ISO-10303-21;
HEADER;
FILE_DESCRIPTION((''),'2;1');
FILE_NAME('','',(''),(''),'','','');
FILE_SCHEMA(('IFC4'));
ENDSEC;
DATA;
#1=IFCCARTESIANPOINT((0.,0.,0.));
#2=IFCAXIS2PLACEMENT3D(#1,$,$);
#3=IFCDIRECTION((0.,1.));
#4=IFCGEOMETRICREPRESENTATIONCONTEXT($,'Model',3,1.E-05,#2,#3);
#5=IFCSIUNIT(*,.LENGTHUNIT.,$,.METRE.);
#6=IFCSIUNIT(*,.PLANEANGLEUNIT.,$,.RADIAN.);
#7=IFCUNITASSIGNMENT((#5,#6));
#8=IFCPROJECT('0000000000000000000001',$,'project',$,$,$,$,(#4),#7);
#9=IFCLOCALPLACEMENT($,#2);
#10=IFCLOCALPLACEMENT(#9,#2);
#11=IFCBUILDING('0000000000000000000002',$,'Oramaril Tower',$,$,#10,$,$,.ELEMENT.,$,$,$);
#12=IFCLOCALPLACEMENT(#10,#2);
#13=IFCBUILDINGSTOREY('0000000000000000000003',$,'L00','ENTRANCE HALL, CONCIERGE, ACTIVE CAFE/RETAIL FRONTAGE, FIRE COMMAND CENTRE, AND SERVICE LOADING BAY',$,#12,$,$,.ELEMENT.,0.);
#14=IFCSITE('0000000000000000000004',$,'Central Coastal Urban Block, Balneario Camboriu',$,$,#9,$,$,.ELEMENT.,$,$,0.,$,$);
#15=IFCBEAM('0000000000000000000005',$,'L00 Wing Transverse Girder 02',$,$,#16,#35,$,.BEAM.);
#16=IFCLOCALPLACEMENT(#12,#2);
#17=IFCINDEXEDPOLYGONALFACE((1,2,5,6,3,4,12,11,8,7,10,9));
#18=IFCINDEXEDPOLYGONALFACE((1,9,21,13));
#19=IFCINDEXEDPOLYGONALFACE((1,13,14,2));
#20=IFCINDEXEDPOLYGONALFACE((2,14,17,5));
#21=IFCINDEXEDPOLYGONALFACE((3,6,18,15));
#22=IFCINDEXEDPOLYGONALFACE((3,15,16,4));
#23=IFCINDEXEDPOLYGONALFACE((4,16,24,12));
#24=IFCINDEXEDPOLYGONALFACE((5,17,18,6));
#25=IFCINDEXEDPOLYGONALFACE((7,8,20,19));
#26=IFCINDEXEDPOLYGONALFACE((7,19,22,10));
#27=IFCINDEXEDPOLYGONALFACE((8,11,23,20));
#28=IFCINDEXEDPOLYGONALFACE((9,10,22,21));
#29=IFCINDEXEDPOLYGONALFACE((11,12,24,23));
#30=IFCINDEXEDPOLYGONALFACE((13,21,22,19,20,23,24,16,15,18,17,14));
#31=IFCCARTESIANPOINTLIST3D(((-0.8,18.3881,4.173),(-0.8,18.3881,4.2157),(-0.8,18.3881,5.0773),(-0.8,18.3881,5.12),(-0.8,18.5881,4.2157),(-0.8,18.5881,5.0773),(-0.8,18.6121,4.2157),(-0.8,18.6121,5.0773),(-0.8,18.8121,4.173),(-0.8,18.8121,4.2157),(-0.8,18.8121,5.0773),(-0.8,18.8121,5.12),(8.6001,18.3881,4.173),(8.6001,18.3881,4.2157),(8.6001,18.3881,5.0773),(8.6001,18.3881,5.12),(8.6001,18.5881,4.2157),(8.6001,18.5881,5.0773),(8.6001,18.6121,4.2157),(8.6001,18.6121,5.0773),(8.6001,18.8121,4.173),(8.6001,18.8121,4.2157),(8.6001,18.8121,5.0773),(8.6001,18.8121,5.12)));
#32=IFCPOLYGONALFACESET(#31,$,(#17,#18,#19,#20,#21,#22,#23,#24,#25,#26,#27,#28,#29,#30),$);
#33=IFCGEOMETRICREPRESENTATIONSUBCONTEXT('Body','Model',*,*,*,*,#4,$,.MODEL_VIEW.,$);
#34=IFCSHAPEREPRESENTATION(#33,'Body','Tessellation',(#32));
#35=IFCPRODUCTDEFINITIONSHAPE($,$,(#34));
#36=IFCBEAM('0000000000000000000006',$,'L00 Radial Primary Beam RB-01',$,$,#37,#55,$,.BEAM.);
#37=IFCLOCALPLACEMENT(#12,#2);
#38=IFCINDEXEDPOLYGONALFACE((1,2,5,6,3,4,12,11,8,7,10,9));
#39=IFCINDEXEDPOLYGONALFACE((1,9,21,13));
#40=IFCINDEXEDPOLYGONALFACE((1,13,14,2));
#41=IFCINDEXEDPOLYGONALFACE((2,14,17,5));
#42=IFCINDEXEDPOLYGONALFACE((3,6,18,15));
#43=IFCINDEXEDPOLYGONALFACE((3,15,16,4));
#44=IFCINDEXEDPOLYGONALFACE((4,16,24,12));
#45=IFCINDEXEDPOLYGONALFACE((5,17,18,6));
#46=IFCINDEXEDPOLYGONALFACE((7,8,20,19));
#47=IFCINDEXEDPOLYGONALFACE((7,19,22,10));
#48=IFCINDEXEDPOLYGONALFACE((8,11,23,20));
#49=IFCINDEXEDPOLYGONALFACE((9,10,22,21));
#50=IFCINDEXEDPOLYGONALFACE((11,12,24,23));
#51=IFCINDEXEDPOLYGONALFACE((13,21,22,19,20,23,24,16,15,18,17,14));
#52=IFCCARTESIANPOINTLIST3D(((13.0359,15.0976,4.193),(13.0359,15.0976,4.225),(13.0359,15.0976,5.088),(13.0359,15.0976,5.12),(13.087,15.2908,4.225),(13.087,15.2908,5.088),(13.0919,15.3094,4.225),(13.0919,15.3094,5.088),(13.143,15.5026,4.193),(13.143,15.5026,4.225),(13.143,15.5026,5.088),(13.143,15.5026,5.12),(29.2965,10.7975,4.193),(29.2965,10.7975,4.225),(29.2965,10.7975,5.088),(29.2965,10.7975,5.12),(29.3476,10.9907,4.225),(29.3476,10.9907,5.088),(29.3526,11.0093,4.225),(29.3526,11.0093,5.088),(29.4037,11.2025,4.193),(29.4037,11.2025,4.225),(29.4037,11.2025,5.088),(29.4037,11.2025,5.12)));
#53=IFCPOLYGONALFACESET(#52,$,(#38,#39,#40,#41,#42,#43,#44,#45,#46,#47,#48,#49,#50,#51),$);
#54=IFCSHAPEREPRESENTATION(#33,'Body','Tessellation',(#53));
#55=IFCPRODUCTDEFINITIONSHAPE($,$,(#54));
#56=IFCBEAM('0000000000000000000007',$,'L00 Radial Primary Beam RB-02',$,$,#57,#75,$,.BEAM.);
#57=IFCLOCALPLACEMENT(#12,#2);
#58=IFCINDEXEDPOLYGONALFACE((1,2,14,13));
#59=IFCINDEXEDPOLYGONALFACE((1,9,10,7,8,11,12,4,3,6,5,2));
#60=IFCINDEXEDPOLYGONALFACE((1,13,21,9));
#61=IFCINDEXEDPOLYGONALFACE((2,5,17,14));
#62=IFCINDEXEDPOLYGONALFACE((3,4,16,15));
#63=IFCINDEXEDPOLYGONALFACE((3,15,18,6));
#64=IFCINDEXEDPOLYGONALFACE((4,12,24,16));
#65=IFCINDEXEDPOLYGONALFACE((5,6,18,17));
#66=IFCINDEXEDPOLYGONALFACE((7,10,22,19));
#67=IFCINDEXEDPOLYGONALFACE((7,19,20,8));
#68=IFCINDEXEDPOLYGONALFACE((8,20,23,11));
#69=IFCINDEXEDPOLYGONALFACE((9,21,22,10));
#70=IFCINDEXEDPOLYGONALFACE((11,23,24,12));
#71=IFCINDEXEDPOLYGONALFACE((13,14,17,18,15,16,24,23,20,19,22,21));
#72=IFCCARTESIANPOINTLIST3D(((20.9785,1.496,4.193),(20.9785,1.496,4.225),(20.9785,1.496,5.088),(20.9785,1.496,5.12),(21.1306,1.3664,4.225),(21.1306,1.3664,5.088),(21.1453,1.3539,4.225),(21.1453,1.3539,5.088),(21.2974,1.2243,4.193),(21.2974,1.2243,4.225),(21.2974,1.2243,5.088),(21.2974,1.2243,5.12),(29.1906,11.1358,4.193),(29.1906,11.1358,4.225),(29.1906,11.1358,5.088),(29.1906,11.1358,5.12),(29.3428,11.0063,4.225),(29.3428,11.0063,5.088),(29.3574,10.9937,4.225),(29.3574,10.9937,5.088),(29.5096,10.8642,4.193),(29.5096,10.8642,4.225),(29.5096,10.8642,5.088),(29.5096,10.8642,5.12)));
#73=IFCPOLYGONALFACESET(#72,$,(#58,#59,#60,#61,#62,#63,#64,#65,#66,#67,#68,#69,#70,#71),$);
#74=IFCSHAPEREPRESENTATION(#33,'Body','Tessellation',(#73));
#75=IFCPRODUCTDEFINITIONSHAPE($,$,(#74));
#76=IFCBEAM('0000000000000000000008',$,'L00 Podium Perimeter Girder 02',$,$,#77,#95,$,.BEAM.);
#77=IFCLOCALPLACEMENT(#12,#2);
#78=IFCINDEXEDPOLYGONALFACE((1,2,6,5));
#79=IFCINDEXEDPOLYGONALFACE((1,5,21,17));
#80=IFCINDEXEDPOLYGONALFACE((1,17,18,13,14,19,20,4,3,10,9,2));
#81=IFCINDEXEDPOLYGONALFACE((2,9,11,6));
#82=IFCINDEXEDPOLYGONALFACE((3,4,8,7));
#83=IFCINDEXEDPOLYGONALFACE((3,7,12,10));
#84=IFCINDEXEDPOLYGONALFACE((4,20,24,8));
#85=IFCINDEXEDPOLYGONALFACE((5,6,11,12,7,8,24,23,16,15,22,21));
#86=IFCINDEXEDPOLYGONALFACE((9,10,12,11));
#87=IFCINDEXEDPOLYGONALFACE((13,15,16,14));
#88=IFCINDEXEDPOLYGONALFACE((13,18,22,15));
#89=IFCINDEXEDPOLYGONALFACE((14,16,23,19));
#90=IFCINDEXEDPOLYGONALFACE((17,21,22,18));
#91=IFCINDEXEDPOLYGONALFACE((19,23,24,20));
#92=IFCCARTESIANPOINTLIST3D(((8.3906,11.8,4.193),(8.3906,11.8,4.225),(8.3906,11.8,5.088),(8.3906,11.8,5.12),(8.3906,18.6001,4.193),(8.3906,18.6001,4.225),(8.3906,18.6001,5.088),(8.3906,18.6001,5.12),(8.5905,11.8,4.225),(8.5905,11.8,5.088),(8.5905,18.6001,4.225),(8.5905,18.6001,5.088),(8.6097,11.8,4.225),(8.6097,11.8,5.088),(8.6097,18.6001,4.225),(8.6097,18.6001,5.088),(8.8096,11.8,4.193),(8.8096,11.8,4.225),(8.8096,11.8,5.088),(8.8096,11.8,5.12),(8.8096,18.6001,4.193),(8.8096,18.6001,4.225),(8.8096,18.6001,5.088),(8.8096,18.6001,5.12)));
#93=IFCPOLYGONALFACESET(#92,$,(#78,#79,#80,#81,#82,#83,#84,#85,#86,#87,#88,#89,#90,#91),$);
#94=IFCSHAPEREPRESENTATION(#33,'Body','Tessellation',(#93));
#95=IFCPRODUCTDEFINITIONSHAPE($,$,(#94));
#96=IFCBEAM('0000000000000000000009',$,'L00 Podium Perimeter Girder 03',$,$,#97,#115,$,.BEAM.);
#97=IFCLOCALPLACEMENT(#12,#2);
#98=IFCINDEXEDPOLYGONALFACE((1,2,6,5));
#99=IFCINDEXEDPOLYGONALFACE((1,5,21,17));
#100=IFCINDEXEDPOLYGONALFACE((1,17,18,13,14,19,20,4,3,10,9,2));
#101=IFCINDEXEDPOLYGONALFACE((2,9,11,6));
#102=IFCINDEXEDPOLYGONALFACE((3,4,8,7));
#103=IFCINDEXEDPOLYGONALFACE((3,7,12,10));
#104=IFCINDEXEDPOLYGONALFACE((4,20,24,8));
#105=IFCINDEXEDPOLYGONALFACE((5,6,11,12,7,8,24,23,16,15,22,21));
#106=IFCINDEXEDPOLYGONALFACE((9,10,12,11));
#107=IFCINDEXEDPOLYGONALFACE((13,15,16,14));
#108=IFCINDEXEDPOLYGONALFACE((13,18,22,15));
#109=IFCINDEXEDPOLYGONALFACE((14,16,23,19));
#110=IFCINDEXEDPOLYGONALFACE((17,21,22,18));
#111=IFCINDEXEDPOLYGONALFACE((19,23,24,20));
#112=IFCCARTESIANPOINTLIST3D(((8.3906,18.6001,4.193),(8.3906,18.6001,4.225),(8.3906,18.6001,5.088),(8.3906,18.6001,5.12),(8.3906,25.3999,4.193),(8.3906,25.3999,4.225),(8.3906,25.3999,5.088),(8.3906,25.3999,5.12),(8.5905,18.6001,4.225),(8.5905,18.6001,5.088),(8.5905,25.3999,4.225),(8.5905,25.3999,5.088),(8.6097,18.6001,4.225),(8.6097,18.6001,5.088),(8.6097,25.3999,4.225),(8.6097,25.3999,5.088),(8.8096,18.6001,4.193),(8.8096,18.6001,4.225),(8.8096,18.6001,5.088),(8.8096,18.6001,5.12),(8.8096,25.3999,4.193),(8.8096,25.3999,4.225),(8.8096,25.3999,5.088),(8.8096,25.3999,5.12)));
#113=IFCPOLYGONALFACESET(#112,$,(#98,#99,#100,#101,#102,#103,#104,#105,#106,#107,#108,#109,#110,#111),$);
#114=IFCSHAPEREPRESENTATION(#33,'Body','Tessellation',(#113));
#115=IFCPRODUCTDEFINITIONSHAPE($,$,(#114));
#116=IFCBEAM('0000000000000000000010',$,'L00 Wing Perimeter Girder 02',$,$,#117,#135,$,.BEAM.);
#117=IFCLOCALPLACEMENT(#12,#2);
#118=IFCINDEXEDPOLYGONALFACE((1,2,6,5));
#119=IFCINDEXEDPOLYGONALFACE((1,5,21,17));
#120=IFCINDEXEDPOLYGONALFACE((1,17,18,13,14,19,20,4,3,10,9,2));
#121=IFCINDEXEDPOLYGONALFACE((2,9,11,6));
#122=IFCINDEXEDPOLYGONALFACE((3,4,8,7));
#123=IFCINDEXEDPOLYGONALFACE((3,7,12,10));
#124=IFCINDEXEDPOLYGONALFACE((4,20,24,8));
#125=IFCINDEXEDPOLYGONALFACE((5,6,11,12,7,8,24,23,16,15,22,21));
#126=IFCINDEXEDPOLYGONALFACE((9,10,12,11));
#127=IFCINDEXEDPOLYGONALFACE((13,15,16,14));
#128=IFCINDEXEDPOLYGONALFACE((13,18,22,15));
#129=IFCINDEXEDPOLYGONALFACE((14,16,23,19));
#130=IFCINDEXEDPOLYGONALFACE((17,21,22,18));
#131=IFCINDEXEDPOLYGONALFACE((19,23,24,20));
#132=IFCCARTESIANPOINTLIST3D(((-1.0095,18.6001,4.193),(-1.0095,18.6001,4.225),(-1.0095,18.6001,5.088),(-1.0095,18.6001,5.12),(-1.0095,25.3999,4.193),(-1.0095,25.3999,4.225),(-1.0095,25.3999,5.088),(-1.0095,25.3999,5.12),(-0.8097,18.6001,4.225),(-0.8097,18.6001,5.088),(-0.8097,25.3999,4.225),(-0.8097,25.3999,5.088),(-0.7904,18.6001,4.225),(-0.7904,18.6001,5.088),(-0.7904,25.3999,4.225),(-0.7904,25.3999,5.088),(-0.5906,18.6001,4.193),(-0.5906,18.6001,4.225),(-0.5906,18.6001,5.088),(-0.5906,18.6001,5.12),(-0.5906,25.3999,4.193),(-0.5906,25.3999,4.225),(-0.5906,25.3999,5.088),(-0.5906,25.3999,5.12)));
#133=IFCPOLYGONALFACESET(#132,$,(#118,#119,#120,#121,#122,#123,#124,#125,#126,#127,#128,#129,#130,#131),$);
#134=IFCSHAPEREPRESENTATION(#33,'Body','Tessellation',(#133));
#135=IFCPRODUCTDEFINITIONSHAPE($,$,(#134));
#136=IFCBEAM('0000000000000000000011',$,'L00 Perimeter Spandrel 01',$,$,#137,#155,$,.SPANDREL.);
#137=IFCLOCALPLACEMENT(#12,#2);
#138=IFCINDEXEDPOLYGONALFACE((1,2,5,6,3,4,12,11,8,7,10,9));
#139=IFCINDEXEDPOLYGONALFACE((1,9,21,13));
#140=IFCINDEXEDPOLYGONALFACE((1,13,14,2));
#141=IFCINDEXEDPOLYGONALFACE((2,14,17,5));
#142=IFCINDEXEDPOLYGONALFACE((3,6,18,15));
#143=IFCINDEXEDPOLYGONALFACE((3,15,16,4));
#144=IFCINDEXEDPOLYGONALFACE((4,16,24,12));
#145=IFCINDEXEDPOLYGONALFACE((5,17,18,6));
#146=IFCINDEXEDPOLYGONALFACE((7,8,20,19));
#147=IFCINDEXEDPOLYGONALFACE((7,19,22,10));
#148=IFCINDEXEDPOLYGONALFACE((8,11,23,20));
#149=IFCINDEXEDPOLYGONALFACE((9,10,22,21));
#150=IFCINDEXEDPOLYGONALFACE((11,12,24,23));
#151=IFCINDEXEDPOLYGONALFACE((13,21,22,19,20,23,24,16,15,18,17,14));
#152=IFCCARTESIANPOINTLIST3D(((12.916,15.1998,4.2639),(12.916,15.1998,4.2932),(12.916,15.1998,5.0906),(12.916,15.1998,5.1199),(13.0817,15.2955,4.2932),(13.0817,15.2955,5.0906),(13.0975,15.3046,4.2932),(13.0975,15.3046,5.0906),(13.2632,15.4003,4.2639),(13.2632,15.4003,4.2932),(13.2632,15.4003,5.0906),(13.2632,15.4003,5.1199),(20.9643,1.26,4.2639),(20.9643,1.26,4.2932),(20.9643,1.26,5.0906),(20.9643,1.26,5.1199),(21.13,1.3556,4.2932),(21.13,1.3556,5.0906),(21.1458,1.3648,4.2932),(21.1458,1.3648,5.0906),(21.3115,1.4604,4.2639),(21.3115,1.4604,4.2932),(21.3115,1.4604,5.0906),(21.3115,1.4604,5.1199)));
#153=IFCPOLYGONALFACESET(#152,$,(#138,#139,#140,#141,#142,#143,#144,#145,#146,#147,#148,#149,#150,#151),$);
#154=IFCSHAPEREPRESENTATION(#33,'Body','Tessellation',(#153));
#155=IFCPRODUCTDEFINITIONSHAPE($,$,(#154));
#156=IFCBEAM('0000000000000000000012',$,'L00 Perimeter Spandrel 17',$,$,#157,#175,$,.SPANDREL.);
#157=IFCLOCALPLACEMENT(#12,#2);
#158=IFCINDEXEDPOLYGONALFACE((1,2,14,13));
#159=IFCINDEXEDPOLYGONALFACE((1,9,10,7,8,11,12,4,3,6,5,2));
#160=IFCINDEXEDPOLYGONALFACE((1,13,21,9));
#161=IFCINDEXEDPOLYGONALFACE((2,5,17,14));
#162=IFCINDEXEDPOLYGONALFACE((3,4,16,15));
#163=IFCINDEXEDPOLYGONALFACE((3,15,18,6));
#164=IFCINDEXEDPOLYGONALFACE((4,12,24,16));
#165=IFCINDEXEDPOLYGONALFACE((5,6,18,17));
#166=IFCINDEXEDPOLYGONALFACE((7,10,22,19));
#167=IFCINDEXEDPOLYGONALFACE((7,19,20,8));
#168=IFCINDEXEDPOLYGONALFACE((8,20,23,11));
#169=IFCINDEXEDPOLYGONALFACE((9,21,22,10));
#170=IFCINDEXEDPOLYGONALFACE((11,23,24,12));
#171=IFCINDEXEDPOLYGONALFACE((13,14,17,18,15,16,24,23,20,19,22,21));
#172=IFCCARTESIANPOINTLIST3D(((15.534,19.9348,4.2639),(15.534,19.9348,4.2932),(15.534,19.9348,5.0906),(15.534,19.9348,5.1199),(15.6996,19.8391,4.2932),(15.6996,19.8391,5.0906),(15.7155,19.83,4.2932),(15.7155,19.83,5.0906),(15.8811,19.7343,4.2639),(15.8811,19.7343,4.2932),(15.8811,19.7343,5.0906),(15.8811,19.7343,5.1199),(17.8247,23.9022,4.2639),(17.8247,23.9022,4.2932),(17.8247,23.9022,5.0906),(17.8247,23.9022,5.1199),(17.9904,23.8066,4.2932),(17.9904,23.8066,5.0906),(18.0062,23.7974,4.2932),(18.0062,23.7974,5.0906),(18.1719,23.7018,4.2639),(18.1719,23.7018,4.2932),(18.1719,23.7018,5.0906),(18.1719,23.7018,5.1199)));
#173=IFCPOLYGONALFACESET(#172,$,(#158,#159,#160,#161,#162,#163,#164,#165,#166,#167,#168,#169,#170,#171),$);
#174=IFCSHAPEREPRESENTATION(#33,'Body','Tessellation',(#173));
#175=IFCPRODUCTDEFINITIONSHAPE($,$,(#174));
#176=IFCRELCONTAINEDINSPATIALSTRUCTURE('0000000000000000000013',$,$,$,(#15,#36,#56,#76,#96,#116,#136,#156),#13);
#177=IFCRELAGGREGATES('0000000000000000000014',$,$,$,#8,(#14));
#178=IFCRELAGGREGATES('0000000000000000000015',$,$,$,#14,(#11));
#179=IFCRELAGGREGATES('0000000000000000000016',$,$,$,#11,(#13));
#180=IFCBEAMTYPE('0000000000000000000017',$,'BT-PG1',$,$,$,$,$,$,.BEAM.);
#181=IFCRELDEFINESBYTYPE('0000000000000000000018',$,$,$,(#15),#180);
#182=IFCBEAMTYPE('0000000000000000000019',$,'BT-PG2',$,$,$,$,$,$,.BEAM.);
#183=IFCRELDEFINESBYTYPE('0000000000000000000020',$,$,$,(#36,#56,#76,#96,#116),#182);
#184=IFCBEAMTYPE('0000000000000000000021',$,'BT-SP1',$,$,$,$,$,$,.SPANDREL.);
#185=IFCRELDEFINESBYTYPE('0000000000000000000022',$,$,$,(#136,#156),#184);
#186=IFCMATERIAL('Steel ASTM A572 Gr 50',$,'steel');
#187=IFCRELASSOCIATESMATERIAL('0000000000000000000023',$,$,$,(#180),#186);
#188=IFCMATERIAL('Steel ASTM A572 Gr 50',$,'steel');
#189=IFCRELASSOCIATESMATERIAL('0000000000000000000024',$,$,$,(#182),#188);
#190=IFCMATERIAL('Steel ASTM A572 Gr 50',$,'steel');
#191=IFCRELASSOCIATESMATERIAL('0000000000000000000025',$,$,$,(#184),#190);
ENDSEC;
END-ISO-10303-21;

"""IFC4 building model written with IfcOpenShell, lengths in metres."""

from ifc_helpers import new_model, si_unit, direction, frame, origin, origin_2d, place, context, subcontext, project, spatial, i_section, extrude, material, material_profile, profile_set, type_object, element, save


model = new_model("IFC4")

# Units and contexts
model_context = context("Model", 3, precision=1e-05, world=origin(), true_north=direction((0.0, 1.0)))
body_context = subcontext(model_context, "Body", "Model", "MODEL_VIEW")
ifc_project = project(units=[si_unit("LENGTHUNIT", "METRE"), si_unit("PLANEANGLEUNIT", "RADIAN")], contexts=[model_context])

# Site, building, storey
site_placement = place(None, origin())
site = spatial("IfcSite", under=ifc_project, at=site_placement, Name="Central Coastal Urban Block, Balneario Camboriu", CompositionType="ELEMENT", RefElevation=0.0)
building_placement = place(site_placement, origin())
building = spatial("IfcBuilding", under=site, at=building_placement, Name="Oramaril Tower", CompositionType="ELEMENT")
storey_placement = place(building_placement, origin())
storey = spatial("IfcBuildingStorey", under=building, at=storey_placement, Name="L00", Description="ENTRANCE HALL, CONCIERGE, ACTIVE CAFE/RETAIL FRONTAGE, FIRE COMMAND CENTRE, AND SERVICE LOADING BAY", CompositionType="ELEMENT", Elevation=0.0)

# Beams
ifc_material_1 = material(Name="Steel ASTM A572 Gr 50", Category="steel")
ifc_material_profile_1 = material_profile(ifc_material_1, i_section(OverallWidth=0.4241, OverallDepth=0.947, WebThickness=0.0239, FlangeThickness=0.0427, at=origin_2d()), Name="W36X302")
ifc_profile_set_1 = profile_set([ifc_material_profile_1], Name="Steel ASTM A572 Gr 50")
beam_type_1 = type_object("IfcBeamType", Name="BT-PG1", PredefinedType="BEAM", material=ifc_profile_set_1)
beam_1_placement = place(storey_placement, frame((-0.8, 18.6001, 4.6465), z_axis=(1.0, 0.0, 0.0), x_axis=(0.0, 1.0, 0.0)))
element("IfcBeam", 1, at=beam_1_placement, inside=storey, type_object=beam_type_1, Name="L00 Wing Transverse Girder 02", PredefinedType="BEAM", context=body_context, shape_type="SweptSolid", body=[
    extrude(i_section(OverallWidth=0.4241, OverallDepth=0.947, WebThickness=0.0239, FlangeThickness=0.0427, at=origin_2d()), origin(), (0.0, 0.0, 1.0), 9.4001),
])
ifc_material_2 = material(Name="Steel ASTM A572 Gr 50", Category="steel")
ifc_material_profile_2 = material_profile(ifc_material_2, i_section(OverallWidth=0.4189, OverallDepth=0.927, WebThickness=0.0193, FlangeThickness=0.032, at=origin_2d()), Name="W36X231")
ifc_profile_set_2 = profile_set([ifc_material_profile_2], Name="Steel ASTM A572 Gr 50")
beam_type_2 = type_object("IfcBeamType", Name="BT-PG2", PredefinedType="BEAM", material=ifc_profile_set_2)
beam_2_placement = place(storey_placement, frame((29.3501, 11.0, 4.6565), z_axis=(-0.966767, 0.255659, 0.0), x_axis=(-0.255659, -0.966767, 0.0)))
element("IfcBeam", 2, at=beam_2_placement, inside=storey, type_object=beam_type_2, Name="L00 Radial Primary Beam RB-01", PredefinedType="BEAM", context=body_context, shape_type="SweptSolid", body=[
    extrude(i_section(OverallWidth=0.4189, OverallDepth=0.927, WebThickness=0.0193, FlangeThickness=0.032, at=origin_2d()), origin(), (0.0, 0.0, 1.0), 16.8196),
])
beam_3_placement = place(storey_placement, frame((29.3501, 11.0, 4.6565), z_axis=(-0.648485, -0.761228, 0.0), x_axis=(0.761228, -0.648485, 0.0)))
element("IfcBeam", 3, at=beam_3_placement, inside=storey, type_object=beam_type_2, Name="L00 Radial Primary Beam RB-02", PredefinedType="BEAM", context=body_context, shape_type="SweptSolid", body=[
    extrude(i_section(OverallWidth=0.4189, OverallDepth=0.927, WebThickness=0.0193, FlangeThickness=0.032, at=origin_2d()), origin(), (0.0, 0.0, 1.0), 12.6636),
])
beam_4_placement = place(storey_placement, frame((8.6001, 11.8, 4.6565), z_axis=(0.0, 1.0, 0.0), x_axis=(-1.0, 0.0, 0.0)))
element("IfcBeam", 4, at=beam_4_placement, inside=storey, type_object=beam_type_2, Name="L00 Podium Perimeter Girder 02", PredefinedType="BEAM", context=body_context, shape_type="SweptSolid", body=[
    extrude(i_section(OverallWidth=0.4189, OverallDepth=0.927, WebThickness=0.0193, FlangeThickness=0.032, at=origin_2d()), origin(), (0.0, 0.0, 1.0), 6.8),
])
for number, where, z_axis, x_axis, name in (
    (5, (8.6001, 18.6001, 4.6565), (0.0, 1.0, 0.0), (-1.0, 0.0, 0.0), "L00 Podium Perimeter Girder 03"),
    (6, (-0.8, 18.6001, 4.6565), (0.0, 1.0, 0.0), (-1.0, 0.0, 0.0), "L00 Wing Perimeter Girder 02"),
):
    element("IfcBeam", number, at=place(storey_placement, frame(where, z_axis=z_axis, x_axis=x_axis)), inside=storey, type_object=beam_type_2, Name=name, PredefinedType="BEAM", context=body_context, shape_type="SweptSolid", body=[
        extrude(i_section(OverallWidth=0.4189, OverallDepth=0.927, WebThickness=0.0193, FlangeThickness=0.032, at=origin_2d()), origin(), (0.0, 0.0, 1.0), 6.7998),
    ])
ifc_material_3 = material(Name="Steel ASTM A572 Gr 50", Category="steel")
ifc_material_profile_3 = material_profile(ifc_material_3, i_section(OverallWidth=0.4009, OverallDepth=0.856, WebThickness=0.0183, FlangeThickness=0.0293, at=origin_2d()), Name="W33X201")
ifc_profile_set_3 = profile_set([ifc_material_profile_3], Name="Steel ASTM A572 Gr 50")
beam_type_3 = type_object("IfcBeamType", Name="BT-SP1", PredefinedType="SPANDREL", material=ifc_profile_set_3)
beam_5_placement = place(storey_placement, frame((13.0896, 15.3, 4.6919), z_axis=(0.500005, -0.866022, 0.0), x_axis=(0.866022, 0.500005, 0.0)))
element("IfcBeam", 7, at=beam_5_placement, inside=storey, type_object=beam_type_3, Name="L00 Perimeter Spandrel 01", PredefinedType="SPANDREL", context=body_context, shape_type="SweptSolid", body=[
    extrude(i_section(OverallWidth=0.4009, OverallDepth=0.856, WebThickness=0.0183, FlangeThickness=0.0293, at=origin_2d()), origin(), (0.0, 0.0, 1.0), 16.0964),
])
beam_6_placement = place(storey_placement, frame((17.9983, 23.802, 4.6919), z_axis=(-0.500019, -0.866014, 0.0), x_axis=(0.866014, -0.500019, 0.0)))
element("IfcBeam", 8, at=beam_6_placement, inside=storey, type_object=beam_type_3, Name="L00 Perimeter Spandrel 17", PredefinedType="SPANDREL", context=body_context, shape_type="SweptSolid", body=[
    extrude(i_section(OverallWidth=0.4009, OverallDepth=0.856, WebThickness=0.0183, FlangeThickness=0.0293, at=origin_2d()), origin(), (0.0, 0.0, 1.0), 4.5813),
])

save(model, "model.ifc")
